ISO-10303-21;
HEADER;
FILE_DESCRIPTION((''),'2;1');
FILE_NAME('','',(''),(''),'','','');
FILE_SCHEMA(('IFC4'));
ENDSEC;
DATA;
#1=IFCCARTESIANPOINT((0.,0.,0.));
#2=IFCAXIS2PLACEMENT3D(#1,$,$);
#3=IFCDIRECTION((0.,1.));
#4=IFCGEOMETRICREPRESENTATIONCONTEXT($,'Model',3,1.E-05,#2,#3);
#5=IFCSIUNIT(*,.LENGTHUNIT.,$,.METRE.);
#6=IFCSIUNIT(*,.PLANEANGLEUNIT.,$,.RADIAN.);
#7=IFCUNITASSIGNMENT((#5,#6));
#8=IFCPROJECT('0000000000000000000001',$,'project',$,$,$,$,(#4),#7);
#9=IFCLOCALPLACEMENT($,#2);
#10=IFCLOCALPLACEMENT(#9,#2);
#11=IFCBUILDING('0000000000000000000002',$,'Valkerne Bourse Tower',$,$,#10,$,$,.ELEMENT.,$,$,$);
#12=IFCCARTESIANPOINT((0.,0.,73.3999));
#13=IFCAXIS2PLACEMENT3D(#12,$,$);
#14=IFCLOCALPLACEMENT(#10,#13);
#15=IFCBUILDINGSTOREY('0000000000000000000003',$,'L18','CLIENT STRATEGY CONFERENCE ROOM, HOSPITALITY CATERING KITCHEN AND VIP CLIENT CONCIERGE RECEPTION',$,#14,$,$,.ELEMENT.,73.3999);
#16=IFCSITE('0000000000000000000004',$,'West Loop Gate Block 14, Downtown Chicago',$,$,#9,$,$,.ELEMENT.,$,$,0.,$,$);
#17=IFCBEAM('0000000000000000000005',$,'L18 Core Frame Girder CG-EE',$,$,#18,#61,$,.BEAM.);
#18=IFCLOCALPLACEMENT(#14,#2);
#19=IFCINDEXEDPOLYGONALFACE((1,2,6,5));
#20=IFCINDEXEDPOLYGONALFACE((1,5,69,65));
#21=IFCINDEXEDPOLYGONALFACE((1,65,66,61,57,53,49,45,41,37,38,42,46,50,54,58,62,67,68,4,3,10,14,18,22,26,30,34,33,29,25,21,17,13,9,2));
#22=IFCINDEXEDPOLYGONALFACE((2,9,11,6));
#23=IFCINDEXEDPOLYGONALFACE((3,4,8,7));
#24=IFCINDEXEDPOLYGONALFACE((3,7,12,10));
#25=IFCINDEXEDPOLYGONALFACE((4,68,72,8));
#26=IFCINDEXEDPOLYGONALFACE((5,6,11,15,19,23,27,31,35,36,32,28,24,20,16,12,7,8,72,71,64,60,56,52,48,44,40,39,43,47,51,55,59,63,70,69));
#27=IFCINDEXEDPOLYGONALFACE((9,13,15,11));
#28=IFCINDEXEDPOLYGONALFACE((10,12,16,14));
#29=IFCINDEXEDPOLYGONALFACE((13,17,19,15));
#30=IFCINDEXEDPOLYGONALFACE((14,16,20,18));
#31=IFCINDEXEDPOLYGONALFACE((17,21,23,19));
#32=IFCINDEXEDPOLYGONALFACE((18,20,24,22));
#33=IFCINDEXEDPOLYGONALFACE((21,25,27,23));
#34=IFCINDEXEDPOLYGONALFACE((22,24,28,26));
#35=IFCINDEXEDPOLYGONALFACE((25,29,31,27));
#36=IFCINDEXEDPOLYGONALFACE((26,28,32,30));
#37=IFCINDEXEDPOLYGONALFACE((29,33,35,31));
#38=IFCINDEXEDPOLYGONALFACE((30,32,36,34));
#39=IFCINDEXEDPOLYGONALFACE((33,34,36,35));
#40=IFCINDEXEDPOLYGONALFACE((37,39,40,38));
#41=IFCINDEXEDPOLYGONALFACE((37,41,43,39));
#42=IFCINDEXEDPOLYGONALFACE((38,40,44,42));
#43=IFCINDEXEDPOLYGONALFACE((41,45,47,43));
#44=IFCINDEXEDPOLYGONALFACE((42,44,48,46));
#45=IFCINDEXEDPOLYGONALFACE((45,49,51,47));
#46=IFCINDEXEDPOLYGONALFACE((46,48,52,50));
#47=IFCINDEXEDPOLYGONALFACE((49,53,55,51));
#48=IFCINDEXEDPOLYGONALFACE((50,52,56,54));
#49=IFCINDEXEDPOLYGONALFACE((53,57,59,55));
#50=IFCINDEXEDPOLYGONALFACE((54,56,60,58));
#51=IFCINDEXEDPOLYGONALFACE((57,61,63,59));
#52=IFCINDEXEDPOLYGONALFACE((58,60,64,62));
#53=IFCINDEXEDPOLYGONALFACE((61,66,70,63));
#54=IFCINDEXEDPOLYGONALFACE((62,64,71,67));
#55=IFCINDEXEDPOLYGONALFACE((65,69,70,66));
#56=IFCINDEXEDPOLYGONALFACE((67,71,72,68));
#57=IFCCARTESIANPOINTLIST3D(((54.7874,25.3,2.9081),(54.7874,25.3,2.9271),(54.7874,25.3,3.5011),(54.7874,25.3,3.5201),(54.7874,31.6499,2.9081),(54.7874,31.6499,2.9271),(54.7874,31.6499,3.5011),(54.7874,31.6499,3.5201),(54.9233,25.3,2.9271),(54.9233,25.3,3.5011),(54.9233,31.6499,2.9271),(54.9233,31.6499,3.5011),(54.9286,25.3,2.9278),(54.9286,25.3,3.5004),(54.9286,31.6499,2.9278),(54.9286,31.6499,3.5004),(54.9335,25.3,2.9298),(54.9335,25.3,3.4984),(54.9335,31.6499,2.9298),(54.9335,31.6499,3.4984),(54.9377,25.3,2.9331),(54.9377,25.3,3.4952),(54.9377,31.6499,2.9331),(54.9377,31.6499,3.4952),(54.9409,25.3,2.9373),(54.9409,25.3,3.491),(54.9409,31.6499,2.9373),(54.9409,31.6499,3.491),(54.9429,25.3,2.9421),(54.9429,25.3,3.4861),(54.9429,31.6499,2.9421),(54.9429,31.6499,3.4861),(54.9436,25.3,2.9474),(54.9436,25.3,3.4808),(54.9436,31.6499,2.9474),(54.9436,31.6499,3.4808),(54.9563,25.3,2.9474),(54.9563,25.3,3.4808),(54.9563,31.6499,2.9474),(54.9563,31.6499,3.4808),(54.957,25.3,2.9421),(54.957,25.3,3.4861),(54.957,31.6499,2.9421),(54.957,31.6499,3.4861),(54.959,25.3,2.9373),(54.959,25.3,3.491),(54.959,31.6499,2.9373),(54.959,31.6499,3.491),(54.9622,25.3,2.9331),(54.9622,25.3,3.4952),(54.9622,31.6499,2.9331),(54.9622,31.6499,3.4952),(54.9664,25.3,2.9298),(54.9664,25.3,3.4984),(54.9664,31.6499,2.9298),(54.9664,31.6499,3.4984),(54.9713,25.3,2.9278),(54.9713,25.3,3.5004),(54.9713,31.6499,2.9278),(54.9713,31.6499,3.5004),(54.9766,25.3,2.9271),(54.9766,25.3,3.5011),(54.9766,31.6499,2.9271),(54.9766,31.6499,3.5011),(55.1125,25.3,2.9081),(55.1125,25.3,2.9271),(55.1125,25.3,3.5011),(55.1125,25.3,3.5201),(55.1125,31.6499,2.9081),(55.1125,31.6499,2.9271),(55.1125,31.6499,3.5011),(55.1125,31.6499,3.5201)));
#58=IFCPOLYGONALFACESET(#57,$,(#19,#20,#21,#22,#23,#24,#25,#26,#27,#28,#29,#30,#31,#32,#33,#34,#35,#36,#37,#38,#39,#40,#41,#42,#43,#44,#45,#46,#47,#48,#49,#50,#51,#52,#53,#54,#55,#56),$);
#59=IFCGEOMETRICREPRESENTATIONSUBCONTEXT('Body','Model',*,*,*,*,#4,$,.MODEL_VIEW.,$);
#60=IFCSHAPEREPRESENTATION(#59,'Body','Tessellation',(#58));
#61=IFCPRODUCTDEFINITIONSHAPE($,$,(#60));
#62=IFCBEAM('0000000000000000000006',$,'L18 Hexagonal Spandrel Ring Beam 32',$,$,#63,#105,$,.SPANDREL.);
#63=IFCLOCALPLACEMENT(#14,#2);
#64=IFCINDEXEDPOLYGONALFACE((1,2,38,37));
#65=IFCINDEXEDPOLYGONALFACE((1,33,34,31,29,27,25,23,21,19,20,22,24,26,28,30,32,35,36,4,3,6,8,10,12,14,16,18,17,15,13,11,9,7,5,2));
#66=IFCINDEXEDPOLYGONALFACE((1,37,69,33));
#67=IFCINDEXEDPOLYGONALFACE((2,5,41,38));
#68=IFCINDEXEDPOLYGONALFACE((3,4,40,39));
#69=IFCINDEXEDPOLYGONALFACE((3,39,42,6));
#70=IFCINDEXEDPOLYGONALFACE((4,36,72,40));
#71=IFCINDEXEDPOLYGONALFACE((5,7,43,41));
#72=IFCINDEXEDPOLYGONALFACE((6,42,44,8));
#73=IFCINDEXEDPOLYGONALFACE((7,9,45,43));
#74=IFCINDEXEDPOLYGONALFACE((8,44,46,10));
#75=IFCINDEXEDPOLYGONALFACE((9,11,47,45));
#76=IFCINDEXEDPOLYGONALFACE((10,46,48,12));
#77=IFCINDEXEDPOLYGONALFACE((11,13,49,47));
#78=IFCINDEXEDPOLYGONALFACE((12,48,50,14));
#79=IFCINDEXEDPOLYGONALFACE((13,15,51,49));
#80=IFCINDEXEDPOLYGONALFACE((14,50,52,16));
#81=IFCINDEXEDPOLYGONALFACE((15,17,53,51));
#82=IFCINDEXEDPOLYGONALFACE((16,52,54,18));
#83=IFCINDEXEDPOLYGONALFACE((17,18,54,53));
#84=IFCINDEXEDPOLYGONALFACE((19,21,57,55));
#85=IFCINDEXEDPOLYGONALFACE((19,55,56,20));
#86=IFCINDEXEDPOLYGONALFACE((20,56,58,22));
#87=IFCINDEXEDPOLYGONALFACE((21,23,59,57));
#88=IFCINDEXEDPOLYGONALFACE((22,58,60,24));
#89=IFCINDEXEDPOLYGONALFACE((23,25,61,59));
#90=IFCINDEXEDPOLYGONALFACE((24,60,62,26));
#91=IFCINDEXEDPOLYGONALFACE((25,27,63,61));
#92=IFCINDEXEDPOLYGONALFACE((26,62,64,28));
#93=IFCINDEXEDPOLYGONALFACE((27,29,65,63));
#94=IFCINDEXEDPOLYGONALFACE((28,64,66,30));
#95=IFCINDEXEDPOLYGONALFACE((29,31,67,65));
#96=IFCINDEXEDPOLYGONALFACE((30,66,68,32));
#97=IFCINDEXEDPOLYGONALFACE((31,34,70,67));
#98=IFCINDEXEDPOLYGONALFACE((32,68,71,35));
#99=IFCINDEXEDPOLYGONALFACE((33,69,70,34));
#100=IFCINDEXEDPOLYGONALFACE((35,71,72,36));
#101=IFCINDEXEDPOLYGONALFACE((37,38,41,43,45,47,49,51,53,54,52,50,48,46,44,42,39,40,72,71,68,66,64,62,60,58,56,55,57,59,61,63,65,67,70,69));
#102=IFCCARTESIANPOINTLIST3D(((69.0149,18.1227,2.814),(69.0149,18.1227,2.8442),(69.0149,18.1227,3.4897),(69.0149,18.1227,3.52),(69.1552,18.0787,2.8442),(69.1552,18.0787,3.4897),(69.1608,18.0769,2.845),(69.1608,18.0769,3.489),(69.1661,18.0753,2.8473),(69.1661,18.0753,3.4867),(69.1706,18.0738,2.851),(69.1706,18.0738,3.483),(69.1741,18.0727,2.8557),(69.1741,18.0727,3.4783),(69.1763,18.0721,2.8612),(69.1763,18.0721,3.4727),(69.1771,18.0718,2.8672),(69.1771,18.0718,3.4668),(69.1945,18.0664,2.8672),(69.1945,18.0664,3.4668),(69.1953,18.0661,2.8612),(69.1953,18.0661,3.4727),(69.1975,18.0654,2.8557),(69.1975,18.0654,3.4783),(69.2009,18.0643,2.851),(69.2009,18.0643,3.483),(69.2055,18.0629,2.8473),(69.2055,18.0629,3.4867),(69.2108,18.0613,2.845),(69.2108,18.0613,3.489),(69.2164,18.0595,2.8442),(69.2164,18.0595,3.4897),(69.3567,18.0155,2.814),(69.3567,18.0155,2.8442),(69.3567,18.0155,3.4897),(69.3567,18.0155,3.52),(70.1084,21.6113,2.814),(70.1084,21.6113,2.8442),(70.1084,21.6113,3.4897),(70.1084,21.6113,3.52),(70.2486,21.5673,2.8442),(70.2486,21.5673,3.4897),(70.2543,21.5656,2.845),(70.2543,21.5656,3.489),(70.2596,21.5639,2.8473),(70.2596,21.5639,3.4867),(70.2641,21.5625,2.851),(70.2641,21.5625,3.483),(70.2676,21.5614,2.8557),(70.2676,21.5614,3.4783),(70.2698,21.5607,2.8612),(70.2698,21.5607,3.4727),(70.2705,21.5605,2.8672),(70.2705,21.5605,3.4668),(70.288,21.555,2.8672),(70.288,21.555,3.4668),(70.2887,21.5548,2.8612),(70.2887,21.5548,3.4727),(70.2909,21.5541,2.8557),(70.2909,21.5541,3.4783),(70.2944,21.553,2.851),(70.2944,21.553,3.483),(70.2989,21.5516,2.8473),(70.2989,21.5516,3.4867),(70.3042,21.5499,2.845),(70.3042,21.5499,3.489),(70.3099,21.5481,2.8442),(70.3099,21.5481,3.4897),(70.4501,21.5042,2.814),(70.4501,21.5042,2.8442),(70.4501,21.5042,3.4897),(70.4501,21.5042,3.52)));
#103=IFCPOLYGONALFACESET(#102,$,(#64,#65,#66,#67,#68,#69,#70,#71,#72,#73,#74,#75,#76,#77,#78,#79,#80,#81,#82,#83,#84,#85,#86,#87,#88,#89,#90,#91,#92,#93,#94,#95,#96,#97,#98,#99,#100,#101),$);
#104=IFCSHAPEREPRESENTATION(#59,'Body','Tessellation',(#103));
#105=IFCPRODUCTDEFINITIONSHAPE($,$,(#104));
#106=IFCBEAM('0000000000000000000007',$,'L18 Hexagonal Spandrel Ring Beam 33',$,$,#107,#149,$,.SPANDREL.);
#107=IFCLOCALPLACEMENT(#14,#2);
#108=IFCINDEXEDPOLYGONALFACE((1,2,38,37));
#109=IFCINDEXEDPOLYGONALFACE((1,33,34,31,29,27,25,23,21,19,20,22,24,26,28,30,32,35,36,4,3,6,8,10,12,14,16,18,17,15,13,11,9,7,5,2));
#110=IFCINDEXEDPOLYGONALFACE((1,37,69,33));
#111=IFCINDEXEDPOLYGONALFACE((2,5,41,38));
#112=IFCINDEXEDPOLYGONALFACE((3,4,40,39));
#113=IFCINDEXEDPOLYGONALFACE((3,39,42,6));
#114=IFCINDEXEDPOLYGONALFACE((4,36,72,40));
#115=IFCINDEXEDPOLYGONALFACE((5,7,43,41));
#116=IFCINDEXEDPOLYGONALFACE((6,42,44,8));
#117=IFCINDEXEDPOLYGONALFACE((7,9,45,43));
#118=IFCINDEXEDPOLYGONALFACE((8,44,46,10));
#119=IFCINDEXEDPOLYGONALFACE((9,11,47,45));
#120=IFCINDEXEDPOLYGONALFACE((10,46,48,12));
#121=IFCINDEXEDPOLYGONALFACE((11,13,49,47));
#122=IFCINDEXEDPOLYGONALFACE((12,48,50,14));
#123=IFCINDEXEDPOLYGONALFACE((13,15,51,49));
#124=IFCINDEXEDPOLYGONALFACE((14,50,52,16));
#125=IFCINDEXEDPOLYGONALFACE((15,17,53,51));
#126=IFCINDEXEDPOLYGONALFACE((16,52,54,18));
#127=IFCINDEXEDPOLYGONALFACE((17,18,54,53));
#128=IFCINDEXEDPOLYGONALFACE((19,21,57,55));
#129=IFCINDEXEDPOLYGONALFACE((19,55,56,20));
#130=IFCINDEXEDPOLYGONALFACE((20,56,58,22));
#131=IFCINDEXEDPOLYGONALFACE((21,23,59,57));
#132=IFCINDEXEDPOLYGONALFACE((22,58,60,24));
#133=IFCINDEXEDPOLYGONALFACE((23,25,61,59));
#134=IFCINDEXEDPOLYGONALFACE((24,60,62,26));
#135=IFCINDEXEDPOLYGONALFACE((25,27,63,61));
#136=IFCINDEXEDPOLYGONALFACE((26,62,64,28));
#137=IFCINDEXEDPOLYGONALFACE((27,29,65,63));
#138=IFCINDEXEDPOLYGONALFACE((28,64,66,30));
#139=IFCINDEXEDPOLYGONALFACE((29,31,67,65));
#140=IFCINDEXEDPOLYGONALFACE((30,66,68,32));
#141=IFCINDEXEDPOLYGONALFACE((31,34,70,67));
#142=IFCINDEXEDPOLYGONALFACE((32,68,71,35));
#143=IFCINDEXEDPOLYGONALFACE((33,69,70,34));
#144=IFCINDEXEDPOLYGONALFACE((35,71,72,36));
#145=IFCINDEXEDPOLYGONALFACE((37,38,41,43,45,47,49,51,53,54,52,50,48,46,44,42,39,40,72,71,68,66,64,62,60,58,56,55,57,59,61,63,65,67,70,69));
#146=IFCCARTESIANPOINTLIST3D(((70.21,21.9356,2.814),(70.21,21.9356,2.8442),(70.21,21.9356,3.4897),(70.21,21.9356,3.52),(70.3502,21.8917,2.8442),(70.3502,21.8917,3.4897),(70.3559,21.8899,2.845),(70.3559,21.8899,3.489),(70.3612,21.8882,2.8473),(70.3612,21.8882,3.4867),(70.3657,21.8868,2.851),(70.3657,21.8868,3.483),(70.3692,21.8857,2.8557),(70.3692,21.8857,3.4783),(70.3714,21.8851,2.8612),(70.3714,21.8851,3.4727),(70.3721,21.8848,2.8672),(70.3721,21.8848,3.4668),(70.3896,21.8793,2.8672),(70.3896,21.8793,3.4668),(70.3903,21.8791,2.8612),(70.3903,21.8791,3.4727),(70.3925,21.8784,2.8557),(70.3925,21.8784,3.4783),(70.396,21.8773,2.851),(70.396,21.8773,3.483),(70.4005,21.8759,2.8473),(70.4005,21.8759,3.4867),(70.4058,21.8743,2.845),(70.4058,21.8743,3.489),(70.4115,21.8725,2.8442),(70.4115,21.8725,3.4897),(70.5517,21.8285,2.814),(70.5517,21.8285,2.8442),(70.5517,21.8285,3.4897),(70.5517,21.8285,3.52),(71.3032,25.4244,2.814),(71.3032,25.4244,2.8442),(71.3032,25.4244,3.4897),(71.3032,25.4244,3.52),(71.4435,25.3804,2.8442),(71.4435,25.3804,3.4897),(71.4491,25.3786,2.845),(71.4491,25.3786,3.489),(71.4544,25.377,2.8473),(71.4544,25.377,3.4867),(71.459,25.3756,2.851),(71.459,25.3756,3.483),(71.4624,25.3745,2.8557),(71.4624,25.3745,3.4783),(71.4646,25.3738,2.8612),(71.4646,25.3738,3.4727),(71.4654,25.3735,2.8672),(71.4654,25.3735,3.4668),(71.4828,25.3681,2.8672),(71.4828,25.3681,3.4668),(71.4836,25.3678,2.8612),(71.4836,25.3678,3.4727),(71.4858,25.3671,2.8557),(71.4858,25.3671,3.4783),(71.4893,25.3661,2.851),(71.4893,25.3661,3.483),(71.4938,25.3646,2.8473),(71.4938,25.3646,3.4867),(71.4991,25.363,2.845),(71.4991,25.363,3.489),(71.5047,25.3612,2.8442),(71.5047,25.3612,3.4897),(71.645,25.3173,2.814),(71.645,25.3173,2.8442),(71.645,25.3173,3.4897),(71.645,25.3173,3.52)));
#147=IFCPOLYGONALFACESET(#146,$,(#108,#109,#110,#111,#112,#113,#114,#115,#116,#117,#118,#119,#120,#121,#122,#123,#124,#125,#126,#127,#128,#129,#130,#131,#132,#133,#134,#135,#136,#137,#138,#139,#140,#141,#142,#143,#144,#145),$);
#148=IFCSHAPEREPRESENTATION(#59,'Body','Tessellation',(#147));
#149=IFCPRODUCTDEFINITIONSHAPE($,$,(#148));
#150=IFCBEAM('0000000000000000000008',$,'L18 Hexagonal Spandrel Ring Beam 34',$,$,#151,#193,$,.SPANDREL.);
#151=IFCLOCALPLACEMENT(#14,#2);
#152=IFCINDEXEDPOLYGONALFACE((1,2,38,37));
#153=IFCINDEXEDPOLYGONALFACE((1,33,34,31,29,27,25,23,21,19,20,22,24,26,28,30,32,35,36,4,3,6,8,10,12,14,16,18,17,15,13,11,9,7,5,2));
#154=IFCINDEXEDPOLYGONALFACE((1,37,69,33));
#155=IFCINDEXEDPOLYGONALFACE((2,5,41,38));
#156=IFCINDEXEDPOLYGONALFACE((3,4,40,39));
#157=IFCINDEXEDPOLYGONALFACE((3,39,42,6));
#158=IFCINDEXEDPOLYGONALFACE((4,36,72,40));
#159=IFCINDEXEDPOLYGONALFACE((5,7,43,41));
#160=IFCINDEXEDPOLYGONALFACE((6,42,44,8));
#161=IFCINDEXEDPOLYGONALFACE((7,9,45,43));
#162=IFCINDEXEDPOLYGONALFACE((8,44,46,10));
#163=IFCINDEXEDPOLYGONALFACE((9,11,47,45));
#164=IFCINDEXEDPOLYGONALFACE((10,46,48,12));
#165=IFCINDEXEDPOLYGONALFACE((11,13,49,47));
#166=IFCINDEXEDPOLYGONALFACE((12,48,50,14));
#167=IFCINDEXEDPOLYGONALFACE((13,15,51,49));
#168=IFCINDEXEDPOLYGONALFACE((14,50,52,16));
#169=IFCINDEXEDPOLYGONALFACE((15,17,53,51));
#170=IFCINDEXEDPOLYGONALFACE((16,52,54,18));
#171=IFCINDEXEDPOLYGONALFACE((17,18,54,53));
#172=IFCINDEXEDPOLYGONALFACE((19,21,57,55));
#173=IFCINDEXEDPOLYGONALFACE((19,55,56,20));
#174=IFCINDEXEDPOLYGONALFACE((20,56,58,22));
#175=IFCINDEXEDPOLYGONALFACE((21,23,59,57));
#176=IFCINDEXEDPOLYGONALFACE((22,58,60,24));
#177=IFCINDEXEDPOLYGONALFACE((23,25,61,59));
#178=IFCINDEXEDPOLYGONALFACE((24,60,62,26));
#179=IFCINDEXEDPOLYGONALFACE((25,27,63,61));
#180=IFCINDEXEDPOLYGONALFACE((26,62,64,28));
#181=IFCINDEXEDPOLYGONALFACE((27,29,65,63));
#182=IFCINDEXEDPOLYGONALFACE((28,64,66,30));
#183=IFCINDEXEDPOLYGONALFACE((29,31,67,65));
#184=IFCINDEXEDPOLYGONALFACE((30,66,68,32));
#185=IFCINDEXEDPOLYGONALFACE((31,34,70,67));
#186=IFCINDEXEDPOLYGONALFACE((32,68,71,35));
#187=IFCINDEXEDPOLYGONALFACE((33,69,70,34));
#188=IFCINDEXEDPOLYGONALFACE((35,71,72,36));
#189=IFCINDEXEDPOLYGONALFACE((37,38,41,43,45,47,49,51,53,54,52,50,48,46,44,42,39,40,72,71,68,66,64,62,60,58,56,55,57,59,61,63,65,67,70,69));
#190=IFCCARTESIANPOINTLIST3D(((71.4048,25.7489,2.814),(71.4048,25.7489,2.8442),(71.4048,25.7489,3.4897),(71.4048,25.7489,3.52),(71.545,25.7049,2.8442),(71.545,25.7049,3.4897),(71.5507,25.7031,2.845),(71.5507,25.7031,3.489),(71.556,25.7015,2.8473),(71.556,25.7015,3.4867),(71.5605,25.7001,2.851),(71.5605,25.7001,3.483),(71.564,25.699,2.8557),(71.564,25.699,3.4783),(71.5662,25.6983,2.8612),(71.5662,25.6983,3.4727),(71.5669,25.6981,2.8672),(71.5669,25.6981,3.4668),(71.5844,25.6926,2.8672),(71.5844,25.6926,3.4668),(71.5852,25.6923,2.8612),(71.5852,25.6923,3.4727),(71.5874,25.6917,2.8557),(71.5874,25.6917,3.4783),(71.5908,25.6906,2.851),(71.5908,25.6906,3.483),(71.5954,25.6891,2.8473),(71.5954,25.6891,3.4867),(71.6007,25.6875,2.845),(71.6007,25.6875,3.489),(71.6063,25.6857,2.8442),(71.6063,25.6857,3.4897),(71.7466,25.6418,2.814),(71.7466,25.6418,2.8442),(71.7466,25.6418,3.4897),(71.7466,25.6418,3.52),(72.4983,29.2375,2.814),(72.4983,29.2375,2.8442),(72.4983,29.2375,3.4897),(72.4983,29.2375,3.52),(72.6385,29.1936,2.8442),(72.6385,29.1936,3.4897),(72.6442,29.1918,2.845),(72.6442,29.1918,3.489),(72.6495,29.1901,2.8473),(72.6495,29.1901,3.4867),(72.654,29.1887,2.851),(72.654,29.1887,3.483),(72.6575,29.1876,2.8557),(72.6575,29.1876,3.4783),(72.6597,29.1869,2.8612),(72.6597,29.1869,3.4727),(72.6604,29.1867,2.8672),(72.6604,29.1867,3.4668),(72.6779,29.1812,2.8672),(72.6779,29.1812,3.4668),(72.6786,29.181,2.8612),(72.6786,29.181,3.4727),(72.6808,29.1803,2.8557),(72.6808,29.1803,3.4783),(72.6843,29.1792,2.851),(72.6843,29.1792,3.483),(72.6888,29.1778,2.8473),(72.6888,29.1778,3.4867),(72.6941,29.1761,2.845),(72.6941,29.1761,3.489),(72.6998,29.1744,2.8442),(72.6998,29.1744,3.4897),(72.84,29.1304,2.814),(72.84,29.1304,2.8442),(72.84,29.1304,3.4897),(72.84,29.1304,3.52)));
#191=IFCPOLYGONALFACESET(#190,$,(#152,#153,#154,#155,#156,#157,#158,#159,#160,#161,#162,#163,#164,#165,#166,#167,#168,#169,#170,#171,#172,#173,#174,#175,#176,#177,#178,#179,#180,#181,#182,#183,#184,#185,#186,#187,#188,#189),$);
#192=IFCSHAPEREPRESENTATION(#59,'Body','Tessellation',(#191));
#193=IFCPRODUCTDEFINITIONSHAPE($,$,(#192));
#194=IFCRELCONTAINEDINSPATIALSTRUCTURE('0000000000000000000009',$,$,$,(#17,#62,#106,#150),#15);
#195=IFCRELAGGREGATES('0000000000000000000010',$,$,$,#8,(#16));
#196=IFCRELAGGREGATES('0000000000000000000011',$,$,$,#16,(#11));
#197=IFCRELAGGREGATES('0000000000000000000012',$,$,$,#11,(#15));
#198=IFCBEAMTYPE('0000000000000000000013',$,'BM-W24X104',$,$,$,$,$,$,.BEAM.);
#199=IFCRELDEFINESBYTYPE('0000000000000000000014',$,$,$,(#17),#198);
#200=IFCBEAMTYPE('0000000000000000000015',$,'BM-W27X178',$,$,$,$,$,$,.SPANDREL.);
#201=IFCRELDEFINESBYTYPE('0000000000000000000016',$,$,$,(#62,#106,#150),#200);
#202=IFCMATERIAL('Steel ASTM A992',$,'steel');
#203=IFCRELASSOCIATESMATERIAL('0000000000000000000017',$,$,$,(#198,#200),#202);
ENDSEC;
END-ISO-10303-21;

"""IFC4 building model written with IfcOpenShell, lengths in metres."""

from ifc_helpers import new_model, si_unit, direction, frame, origin, origin_2d, place, context, subcontext, project, spatial, i_section, extrude, material, material_profile, profile_set, type_object, element, save


model = new_model("IFC4")

# Units and contexts
model_context = context("Model", 3, precision=1e-05, world=origin(), true_north=direction((0.0, 1.0)))
body_context = subcontext(model_context, "Body", "Model", "MODEL_VIEW")
ifc_project = project(units=[si_unit("LENGTHUNIT", "METRE"), si_unit("PLANEANGLEUNIT", "RADIAN")], contexts=[model_context])

# Site, building, storey
site_placement = place(None, origin())
site = spatial("IfcSite", under=ifc_project, at=site_placement, Name="West Loop Gate Block 14, Downtown Chicago", CompositionType="ELEMENT", RefElevation=0.0)
building_placement = place(site_placement, origin())
building = spatial("IfcBuilding", under=site, at=building_placement, Name="Valkerne Bourse Tower", CompositionType="ELEMENT")
storey_placement = place(building_placement, frame((0.0, 0.0, 73.3999)))
storey = spatial("IfcBuildingStorey", under=building, at=storey_placement, Name="L18", Description="CLIENT STRATEGY CONFERENCE ROOM, HOSPITALITY CATERING KITCHEN AND VIP CLIENT CONCIERGE RECEPTION", CompositionType="ELEMENT", Elevation=73.3999)

# Beams
ifc_material_1 = material(Name="Steel ASTM A992", Category="steel")
ifc_material_profile_1 = material_profile(ifc_material_1, i_section(OverallWidth=0.3252, OverallDepth=0.6121, WebThickness=0.0127, FlangeThickness=0.019, FilletRadius=0.0203, at=origin_2d()), Name="W24X104")
ifc_profile_set_1 = profile_set([ifc_material_profile_1], Name="Steel ASTM A992")
beam_type_1 = type_object("IfcBeamType", Name="BM-W24X104", PredefinedType="BEAM", material=ifc_profile_set_1)
beam_1_placement = place(storey_placement, frame((54.95, 25.3, 3.2141), z_axis=(0.0, 1.0, 0.0), x_axis=(-1.0, 0.0, 0.0)))
element("IfcBeam", 1, at=beam_1_placement, inside=storey, type_object=beam_type_1, Name="L18 Core Frame Girder CG-EE", PredefinedType="BEAM", context=body_context, shape_type="SweptSolid", body=[
    extrude(i_section(OverallWidth=0.3252, OverallDepth=0.6121, WebThickness=0.0127, FlangeThickness=0.019, FilletRadius=0.0203, at=origin_2d()), origin(), (0.0, 0.0, 1.0), 6.3499),
])
ifc_material_profile_2 = material_profile(ifc_material_1, i_section(OverallWidth=0.3582, OverallDepth=0.7061, WebThickness=0.0183, FlangeThickness=0.0303, FilletRadius=0.0229, at=origin_2d()), Name="W27X178")
ifc_profile_set_2 = profile_set([ifc_material_profile_2], Name="Steel ASTM A992")
beam_type_2 = type_object("IfcBeamType", Name="BM-W27X178", PredefinedType="SPANDREL", material=ifc_profile_set_2)
for number, where, z_axis, x_axis, name in (
    (2, (69.1858, 18.0691, 3.167), (0.299089, 0.954225, 0.0), (-0.954225, 0.299089, 0.0), "L18 Hexagonal Spandrel Ring Beam 32"),
    (3, (70.3809, 21.8821, 3.167), (0.299028, 0.954244, 0.0), (-0.954244, 0.299028, 0.0), "L18 Hexagonal Spandrel Ring Beam 33"),
    (4, (71.5757, 25.6953, 3.167), (0.299089, 0.954225, 0.0), (-0.954225, 0.299089, 0.0), "L18 Hexagonal Spandrel Ring Beam 34"),
):
    element("IfcBeam", number, at=place(storey_placement, frame(where, z_axis=z_axis, x_axis=x_axis)), inside=storey, type_object=beam_type_2, Name=name, PredefinedType="SPANDREL", context=body_context, shape_type="SweptSolid", body=[
        extrude(i_section(OverallWidth=0.3582, OverallDepth=0.7061, WebThickness=0.0183, FlangeThickness=0.0303, FilletRadius=0.0229, at=origin_2d()), origin(), (0.0, 0.0, 1.0), 3.656),
    ])

save(model, "model.ifc")
